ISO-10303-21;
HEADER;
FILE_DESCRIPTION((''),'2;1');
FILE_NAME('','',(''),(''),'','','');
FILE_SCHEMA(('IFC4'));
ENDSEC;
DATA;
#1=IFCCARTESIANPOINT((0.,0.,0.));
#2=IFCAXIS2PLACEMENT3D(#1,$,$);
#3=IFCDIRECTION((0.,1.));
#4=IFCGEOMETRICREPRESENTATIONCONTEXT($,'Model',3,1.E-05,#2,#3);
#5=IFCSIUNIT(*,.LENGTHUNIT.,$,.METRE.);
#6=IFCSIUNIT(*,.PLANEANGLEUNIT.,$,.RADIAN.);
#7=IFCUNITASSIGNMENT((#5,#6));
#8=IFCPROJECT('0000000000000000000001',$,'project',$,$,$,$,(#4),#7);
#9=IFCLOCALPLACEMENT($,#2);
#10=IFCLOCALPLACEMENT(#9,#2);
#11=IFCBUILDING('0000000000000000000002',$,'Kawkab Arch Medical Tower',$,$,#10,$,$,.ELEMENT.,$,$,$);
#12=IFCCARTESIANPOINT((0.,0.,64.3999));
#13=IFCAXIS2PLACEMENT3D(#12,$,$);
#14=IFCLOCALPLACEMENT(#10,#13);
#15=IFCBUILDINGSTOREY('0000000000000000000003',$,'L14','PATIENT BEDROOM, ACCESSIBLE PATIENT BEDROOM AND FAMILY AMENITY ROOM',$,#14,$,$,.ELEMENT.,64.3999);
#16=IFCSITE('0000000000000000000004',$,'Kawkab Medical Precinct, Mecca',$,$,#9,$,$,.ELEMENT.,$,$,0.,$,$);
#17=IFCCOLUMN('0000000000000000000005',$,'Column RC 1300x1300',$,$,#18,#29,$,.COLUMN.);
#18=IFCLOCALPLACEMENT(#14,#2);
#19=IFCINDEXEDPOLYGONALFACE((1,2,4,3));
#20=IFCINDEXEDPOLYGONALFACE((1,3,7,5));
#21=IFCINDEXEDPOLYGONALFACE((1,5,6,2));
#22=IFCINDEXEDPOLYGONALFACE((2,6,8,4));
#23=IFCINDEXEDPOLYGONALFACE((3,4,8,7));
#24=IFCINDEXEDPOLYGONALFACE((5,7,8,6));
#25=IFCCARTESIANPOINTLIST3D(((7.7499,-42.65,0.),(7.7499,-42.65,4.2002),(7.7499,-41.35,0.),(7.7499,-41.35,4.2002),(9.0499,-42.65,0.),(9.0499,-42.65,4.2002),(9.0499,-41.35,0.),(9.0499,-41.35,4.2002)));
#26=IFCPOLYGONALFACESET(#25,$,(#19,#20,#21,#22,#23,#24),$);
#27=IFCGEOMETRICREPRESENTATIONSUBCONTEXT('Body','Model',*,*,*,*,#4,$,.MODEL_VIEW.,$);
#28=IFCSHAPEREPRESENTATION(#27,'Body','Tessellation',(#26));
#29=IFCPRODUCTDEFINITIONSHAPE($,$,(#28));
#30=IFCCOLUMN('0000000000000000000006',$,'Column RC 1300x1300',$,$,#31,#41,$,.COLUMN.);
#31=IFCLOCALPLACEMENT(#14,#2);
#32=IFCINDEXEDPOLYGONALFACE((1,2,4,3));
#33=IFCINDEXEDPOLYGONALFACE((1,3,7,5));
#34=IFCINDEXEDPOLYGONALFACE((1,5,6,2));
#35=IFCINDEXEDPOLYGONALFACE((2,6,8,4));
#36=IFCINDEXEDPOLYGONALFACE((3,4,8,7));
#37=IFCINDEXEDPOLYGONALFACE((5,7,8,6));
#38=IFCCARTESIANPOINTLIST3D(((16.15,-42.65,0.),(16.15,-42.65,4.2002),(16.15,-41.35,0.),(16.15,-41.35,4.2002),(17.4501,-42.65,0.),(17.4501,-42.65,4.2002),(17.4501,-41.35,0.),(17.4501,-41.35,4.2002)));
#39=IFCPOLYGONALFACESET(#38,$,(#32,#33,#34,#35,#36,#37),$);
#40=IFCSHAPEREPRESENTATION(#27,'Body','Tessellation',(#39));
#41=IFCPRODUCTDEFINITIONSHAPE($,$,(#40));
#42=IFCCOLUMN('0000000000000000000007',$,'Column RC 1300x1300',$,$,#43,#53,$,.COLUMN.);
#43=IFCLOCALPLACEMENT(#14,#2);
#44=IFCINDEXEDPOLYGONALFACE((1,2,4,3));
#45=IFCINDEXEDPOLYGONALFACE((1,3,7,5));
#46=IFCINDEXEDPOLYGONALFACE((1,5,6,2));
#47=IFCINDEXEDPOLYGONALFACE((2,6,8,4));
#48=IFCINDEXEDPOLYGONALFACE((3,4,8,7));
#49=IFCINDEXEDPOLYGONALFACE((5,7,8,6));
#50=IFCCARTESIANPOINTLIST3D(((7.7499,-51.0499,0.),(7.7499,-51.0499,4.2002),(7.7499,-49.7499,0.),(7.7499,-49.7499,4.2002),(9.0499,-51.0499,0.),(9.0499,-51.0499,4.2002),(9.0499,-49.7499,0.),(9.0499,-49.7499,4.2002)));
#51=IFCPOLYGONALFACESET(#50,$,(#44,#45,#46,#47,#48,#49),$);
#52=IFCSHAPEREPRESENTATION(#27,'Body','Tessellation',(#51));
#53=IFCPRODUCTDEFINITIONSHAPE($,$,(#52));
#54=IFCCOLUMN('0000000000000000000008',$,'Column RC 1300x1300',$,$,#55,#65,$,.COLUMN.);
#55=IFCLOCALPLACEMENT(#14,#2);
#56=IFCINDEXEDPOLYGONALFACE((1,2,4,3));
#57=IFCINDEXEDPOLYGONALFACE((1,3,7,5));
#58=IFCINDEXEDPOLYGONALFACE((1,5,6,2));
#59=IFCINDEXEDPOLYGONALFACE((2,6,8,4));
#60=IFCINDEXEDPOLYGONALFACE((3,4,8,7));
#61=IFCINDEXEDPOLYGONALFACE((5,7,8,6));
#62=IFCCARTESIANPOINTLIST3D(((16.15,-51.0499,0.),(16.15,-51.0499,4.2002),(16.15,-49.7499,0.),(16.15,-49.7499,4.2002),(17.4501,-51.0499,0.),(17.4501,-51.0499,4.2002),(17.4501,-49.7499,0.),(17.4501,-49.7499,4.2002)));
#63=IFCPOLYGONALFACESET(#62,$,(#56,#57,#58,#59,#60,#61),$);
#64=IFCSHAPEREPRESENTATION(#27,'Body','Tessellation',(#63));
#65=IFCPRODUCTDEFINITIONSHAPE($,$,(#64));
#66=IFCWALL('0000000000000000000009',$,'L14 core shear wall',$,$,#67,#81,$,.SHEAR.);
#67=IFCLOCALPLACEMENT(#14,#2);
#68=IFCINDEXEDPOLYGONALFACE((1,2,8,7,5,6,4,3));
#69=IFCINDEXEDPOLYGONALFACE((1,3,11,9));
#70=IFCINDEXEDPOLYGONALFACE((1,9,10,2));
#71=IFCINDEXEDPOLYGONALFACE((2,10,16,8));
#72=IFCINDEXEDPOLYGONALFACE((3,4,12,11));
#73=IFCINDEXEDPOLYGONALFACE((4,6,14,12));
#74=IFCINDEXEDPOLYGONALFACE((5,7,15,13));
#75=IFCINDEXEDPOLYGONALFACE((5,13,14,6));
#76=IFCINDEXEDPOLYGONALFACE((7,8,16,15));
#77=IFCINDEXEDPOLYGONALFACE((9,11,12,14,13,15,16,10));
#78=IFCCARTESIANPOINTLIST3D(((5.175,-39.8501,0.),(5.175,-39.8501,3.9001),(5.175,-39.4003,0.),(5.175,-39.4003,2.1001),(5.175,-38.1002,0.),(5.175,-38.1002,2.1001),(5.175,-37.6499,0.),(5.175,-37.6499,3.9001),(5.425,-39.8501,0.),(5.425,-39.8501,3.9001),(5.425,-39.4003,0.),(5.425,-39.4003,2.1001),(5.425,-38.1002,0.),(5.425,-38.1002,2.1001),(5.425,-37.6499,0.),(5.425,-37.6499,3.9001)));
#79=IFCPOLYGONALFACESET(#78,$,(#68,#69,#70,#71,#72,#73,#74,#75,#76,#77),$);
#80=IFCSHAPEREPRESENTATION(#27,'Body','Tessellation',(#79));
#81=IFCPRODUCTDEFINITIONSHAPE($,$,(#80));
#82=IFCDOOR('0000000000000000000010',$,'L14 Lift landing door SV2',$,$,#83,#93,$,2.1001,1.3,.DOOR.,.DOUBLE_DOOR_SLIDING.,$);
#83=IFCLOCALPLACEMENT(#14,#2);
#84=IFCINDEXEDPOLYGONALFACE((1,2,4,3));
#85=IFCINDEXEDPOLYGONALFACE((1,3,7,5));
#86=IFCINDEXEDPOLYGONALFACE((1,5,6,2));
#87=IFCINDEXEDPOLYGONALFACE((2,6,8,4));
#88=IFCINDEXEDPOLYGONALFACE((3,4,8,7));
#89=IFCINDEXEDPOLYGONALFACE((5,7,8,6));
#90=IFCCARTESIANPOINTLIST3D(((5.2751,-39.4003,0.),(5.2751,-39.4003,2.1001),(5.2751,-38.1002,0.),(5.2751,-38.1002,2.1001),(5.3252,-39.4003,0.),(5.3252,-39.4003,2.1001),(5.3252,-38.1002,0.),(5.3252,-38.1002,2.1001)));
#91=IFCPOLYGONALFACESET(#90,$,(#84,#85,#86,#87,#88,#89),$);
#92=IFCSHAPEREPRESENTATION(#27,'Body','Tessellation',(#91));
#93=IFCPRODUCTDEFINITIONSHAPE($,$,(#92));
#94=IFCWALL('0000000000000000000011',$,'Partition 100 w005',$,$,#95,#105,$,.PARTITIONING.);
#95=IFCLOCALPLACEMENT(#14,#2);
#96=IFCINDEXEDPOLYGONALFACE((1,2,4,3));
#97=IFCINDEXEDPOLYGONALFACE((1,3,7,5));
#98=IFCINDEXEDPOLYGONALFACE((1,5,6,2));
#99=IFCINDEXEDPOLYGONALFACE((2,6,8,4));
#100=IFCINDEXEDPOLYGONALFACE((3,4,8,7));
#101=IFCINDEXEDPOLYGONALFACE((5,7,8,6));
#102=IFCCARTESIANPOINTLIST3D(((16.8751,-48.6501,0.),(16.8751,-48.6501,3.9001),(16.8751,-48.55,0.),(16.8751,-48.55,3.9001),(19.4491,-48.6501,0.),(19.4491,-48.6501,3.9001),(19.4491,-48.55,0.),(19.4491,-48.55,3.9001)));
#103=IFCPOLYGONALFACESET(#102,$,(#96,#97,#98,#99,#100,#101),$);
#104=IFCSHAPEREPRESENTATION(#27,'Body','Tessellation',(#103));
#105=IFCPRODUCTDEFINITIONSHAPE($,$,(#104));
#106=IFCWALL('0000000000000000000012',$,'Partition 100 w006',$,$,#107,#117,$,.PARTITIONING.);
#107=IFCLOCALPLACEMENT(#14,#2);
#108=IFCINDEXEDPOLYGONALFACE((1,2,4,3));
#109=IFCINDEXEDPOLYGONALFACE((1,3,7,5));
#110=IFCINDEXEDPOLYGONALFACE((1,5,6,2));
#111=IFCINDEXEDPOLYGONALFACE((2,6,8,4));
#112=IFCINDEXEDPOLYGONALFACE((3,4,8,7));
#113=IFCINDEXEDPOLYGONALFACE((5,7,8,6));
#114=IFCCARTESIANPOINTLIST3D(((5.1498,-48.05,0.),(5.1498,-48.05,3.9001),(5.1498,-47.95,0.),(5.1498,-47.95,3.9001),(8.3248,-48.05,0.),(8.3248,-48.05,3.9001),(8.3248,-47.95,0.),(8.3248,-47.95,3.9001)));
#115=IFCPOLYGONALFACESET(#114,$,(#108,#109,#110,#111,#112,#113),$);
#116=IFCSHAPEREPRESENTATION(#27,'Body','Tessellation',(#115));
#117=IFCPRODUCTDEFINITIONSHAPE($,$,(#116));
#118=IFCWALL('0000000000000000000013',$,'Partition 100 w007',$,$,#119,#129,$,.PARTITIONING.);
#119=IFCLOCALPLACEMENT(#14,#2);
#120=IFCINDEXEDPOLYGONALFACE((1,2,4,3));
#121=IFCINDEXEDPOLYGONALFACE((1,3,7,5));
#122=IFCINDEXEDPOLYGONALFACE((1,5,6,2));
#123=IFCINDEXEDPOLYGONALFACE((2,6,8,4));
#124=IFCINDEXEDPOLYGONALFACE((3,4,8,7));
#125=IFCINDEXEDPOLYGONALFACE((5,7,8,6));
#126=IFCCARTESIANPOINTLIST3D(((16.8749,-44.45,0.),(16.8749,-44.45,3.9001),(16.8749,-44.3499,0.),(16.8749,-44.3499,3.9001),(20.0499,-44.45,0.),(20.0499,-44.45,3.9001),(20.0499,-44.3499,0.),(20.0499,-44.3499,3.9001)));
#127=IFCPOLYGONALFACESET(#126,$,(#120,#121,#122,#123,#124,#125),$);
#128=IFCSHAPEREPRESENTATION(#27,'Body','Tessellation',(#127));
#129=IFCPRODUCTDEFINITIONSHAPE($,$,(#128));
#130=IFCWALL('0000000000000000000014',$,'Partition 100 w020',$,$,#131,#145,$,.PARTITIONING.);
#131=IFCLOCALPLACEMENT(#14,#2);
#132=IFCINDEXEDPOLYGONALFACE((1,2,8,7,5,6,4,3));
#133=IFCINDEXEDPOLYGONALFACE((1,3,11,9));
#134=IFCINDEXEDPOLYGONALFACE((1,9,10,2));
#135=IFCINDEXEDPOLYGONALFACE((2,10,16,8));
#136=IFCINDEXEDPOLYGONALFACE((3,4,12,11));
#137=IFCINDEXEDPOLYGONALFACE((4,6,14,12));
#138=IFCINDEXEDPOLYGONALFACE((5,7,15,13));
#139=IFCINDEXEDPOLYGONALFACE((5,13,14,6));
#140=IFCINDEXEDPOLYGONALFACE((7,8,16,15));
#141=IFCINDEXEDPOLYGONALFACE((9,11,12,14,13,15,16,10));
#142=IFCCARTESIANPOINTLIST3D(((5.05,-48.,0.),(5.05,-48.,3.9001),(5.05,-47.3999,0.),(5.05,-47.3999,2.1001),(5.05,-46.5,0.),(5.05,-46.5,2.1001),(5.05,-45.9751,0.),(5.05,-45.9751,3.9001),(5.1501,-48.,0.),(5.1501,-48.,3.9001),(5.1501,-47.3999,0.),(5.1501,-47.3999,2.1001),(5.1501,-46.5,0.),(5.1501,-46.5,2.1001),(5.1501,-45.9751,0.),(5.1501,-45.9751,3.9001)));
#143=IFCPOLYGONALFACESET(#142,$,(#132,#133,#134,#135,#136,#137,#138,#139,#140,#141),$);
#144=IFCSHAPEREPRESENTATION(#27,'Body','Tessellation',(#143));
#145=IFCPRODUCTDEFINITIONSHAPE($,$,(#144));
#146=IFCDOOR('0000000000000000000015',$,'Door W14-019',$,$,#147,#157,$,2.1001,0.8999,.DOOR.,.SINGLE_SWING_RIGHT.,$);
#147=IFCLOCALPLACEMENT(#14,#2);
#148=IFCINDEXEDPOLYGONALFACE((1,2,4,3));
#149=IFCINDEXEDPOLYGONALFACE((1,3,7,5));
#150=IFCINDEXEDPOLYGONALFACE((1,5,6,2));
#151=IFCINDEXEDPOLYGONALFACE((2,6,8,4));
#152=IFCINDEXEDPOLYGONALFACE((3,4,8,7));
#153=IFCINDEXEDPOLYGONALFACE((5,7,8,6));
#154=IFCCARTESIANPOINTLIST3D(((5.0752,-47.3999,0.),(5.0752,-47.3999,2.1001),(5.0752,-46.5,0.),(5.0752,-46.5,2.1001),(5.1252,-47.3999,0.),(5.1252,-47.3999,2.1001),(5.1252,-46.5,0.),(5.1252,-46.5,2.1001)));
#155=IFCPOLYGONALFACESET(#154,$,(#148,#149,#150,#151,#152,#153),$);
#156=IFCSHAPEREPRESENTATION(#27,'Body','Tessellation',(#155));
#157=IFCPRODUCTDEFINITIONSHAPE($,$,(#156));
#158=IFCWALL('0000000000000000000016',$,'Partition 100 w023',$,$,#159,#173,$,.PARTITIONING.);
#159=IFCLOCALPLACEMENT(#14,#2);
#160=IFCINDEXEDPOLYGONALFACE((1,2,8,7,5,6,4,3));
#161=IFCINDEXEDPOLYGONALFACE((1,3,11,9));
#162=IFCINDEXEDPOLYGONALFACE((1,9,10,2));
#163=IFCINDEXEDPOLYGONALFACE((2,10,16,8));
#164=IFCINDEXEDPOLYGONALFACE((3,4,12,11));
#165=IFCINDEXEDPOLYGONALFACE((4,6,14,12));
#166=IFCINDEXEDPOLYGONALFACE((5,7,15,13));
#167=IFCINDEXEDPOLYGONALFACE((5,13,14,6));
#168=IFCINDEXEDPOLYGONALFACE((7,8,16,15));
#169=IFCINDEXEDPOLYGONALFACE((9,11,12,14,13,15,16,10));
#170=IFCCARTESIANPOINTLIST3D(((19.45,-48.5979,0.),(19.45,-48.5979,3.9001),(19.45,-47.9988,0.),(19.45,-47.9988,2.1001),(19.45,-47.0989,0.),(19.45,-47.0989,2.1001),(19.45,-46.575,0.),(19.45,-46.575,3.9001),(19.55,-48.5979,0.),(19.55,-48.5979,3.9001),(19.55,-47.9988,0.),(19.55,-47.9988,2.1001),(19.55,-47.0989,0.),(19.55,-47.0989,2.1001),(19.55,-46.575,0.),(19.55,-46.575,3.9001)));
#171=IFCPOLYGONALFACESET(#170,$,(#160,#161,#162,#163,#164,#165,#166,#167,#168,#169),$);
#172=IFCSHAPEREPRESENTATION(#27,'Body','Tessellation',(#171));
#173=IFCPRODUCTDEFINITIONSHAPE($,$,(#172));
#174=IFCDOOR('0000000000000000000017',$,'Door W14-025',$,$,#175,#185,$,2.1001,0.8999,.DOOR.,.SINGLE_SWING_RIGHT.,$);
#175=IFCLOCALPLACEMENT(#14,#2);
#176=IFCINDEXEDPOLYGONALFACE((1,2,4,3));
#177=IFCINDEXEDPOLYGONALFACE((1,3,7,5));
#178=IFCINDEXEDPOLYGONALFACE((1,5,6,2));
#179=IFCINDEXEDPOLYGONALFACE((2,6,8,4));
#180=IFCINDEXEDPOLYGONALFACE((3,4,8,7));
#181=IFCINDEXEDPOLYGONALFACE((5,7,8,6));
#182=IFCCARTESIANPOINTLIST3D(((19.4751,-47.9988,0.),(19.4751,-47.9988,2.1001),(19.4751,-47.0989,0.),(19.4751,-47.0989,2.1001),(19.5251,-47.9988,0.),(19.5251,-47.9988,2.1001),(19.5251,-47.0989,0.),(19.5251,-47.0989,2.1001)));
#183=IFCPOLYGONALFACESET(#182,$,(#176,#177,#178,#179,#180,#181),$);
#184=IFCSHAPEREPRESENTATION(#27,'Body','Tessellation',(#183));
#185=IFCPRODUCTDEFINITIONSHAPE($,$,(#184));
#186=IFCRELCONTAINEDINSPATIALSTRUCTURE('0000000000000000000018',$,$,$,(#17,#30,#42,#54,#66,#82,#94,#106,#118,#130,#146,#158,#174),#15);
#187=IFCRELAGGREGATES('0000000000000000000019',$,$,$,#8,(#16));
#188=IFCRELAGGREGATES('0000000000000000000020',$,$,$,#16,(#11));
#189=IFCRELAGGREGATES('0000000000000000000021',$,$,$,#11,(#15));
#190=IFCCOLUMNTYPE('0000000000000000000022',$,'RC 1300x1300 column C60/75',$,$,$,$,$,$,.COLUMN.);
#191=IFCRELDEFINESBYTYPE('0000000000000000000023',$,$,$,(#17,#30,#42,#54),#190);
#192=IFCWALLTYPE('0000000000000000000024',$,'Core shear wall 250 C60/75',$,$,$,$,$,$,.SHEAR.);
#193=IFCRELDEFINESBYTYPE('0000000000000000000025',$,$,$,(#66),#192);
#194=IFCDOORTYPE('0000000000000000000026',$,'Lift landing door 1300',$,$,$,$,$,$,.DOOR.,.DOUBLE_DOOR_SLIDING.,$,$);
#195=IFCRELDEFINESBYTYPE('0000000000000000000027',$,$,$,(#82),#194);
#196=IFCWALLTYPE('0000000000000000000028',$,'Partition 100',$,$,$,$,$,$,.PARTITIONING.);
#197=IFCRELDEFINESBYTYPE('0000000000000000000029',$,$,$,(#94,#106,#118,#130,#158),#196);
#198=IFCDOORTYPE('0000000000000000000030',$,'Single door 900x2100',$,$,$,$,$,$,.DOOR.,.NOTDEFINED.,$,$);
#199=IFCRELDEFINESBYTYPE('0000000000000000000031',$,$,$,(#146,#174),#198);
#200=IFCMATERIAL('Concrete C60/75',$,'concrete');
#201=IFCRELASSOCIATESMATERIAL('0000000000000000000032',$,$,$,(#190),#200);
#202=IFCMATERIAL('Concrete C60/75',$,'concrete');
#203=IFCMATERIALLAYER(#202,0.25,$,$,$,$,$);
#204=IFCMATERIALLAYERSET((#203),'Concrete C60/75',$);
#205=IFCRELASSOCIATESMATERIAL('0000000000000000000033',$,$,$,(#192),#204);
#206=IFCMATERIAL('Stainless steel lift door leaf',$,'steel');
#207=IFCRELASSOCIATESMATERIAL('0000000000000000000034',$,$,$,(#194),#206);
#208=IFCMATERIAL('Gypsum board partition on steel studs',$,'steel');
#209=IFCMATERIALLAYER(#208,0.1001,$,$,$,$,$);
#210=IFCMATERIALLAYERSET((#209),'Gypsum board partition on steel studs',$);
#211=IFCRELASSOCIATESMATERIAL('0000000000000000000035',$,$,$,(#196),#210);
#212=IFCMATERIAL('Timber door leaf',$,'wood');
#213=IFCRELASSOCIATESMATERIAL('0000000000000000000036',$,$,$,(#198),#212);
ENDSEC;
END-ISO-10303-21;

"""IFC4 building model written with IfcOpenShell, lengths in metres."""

from ifc_helpers import new_model, si_unit, direction, frame, frame_2d, origin, origin_2d, place, context, subcontext, project, spatial, rectangle, extrude, material, layer, layer_set, material_profile, profile_set, type_object, element, fill, save


model = new_model("IFC4")

# Units and contexts
model_context = context("Model", 3, precision=1e-05, world=origin(), true_north=direction((0.0, 1.0)))
body_context = subcontext(model_context, "Body", "Model", "MODEL_VIEW")
ifc_project = project(units=[si_unit("LENGTHUNIT", "METRE"), si_unit("PLANEANGLEUNIT", "RADIAN")], contexts=[model_context])

# Site, building, storey
site_placement = place(None, origin())
site = spatial("IfcSite", under=ifc_project, at=site_placement, Name="Kawkab Medical Precinct, Mecca", CompositionType="ELEMENT", RefElevation=0.0)
building_placement = place(site_placement, origin())
building = spatial("IfcBuilding", under=site, at=building_placement, Name="Kawkab Arch Medical Tower", CompositionType="ELEMENT")
storey_placement = place(building_placement, frame((0.0, 0.0, 64.3999)))
storey = spatial("IfcBuildingStorey", under=building, at=storey_placement, Name="L14", Description="PATIENT BEDROOM, ACCESSIBLE PATIENT BEDROOM AND FAMILY AMENITY ROOM", CompositionType="ELEMENT", Elevation=64.3999)

# Columns
ifc_material_1 = material(Name="Concrete C60/75", Category="concrete")
ifc_material_profile = material_profile(ifc_material_1, rectangle(XDim=1.3, YDim=1.3, at=origin_2d()), Name="RC 1300x1300")
ifc_profile_set = profile_set([ifc_material_profile], Name="Concrete C60/75")
column_type = type_object("IfcColumnType", Name="RC 1300x1300 column C60/75", PredefinedType="COLUMN", material=ifc_profile_set)
for number, where, z_axis, x_axis, name in (
    (1, (8.3999, -42.0, 0.0), (0.0, 0.0, 1.0), (1.0, 0.0, 0.0), "Column RC 1300x1300"),
    (2, (16.8, -42.0, 0.0), (0.0, 0.0, 1.0), (1.0, 0.0, 0.0), "Column RC 1300x1300"),
    (3, (8.3999, -50.3999, 0.0), (0.0, 0.0, 1.0), (1.0, 0.0, 0.0), "Column RC 1300x1300"),
    (4, (16.8, -50.3999, 0.0), (0.0, 0.0, 1.0), (1.0, 0.0, 0.0), "Column RC 1300x1300"),
):
    element("IfcColumn", number, at=place(storey_placement, frame(where, z_axis=z_axis, x_axis=x_axis)), inside=storey, type_object=column_type, Name=name, PredefinedType="COLUMN", context=body_context, shape_type="SweptSolid", body=[
        extrude(rectangle(XDim=1.3, YDim=1.3, at=origin_2d()), origin(), (0.0, 0.0, 1.0), 4.2002),
    ])

# Wall, opening, door
ifc_material_2 = material(Name="Concrete C60/75", Category="concrete")
ifc_layer_1 = layer(ifc_material_2, 0.25)
ifc_layer_set_1 = layer_set([ifc_layer_1], Name="Concrete C60/75")
wall_type_1 = type_object("IfcWallType", Name="Core shear wall 250 C60/75", PredefinedType="SHEAR", material=ifc_layer_set_1)
wall_1_placement = place(storey_placement, frame((5.3, -39.8501, 0.0), z_axis=(0.0, 0.0, 1.0), x_axis=(0.0, 1.0, 0.0)))
wall_1 = element("IfcWall", 5, at=wall_1_placement, inside=storey, type_object=wall_type_1, Name="L14 core shear wall", PredefinedType="SHEAR", context=body_context, shape_type="SweptSolid", body=[
    extrude(rectangle(XDim=2.2002, YDim=0.25, at=frame_2d((1.1001, 0.0))), origin(), (0.0, 0.0, 1.0), 3.9001),
])
opening_1_placement = place(wall_1_placement, frame((0.45, 0.0, 0.0)))
opening_1 = element("IfcOpeningElement", 6, at=opening_1_placement, cuts=wall_1, PredefinedType="OPENING", context=body_context, shape_type="SweptSolid", body=[
    extrude(rectangle(XDim=1.3, YDim=2.1001, at=frame_2d((0.6499, 1.05))), frame((0.0, 0.135, 0.0), z_axis=(0.0, -1.0, 0.0), x_axis=(1.0, 0.0, 0.0)), (0.0, 0.0, 1.0), 0.27),
])
ifc_material_3 = material(Name="Stainless steel lift door leaf", Category="steel")
door_type_1 = type_object("IfcDoorType", Name="Lift landing door 1300", OperationType="DOUBLE_DOOR_SLIDING", PredefinedType="DOOR", material=ifc_material_3)
door_1_placement = place(opening_1_placement, origin())
door_1 = element("IfcDoor", 7, at=door_1_placement, inside=storey, type_object=door_type_1, Name="L14 Lift landing door SV2", OperationType="DOUBLE_DOOR_SLIDING", OverallHeight=2.1001, OverallWidth=1.3, PredefinedType="DOOR", context=body_context, shape_type="SweptSolid", body=[
    extrude(rectangle(XDim=1.3, YDim=2.1001, at=frame_2d((0.6499, 1.05))), frame((0.0, 0.0249, 0.0), z_axis=(0.0, -1.0, 0.0), x_axis=(1.0, 0.0, 0.0)), (0.0, 0.0, 1.0), 0.05),
])
fill(opening_1, door_1)

# Walls
ifc_material_4 = material(Name="Gypsum board partition on steel studs", Category="steel")
ifc_layer_2 = layer(ifc_material_4, 0.1001)
ifc_layer_set_2 = layer_set([ifc_layer_2], Name="Gypsum board partition on steel studs")
wall_type_2 = type_object("IfcWallType", Name="Partition 100", PredefinedType="PARTITIONING", material=ifc_layer_set_2)
wall_2_placement = place(storey_placement, frame((16.875, -48.6001, 0.0), z_axis=(0.0, 0.0, 1.0), x_axis=(1.0, 0.0, 0.0)))
element("IfcWall", 8, at=wall_2_placement, inside=storey, type_object=wall_type_2, Name="Partition 100 w005", PredefinedType="PARTITIONING", context=body_context, shape_type="SweptSolid", body=[
    extrude(rectangle(XDim=2.574, YDim=0.1001, at=frame_2d((1.2871, 0.0))), origin(), (0.0, 0.0, 1.0), 3.9001),
])
for number, where, z_axis, x_axis, name in (
    (9, (5.1499, -48.0, 0.0), (0.0, 0.0, 1.0), (1.0, 0.0, 0.0), "Partition 100 w006"),
    (10, (16.875, -44.3999, 0.0), (0.0, 0.0, 1.0), (1.0, 0.0, 0.0), "Partition 100 w007"),
):
    element("IfcWall", number, at=place(storey_placement, frame(where, z_axis=z_axis, x_axis=x_axis)), inside=storey, type_object=wall_type_2, Name=name, PredefinedType="PARTITIONING", context=body_context, shape_type="SweptSolid", body=[
        extrude(rectangle(XDim=3.175, YDim=0.1001, at=frame_2d((1.5874, 0.0))), origin(), (0.0, 0.0, 1.0), 3.9001),
    ])

# Walls, openings, doors
wall_3_placement = place(storey_placement, frame((5.1001, -48.0, 0.0), z_axis=(0.0, 0.0, 1.0), x_axis=(0.0, 1.0, 0.0)))
wall_3 = element("IfcWall", 11, at=wall_3_placement, inside=storey, type_object=wall_type_2, Name="Partition 100 w020", PredefinedType="PARTITIONING", context=body_context, shape_type="SweptSolid", body=[
    extrude(rectangle(XDim=2.0249, YDim=0.1001, at=frame_2d((1.0125, 0.0))), origin(), (0.0, 0.0, 1.0), 3.9001),
])
opening_2_placement = place(wall_3_placement, frame((0.6001, 0.0, 0.0)))
opening_2 = element("IfcOpeningElement", 12, at=opening_2_placement, cuts=wall_3, PredefinedType="OPENING", context=body_context, shape_type="SweptSolid", body=[
    extrude(rectangle(XDim=0.8999, YDim=2.1001, at=frame_2d((0.45, 1.05))), frame((0.0, 0.0601, 0.0), z_axis=(0.0, -1.0, 0.0), x_axis=(1.0, 0.0, 0.0)), (0.0, 0.0, 1.0), 0.1201),
])
ifc_material_5 = material(Name="Timber door leaf", Category="wood")
door_type_2 = type_object("IfcDoorType", Name="Single door 900x2100", OperationType="NOTDEFINED", PredefinedType="DOOR", material=ifc_material_5)
door_2_placement = place(opening_2_placement, origin())
door_2 = element("IfcDoor", 13, at=door_2_placement, inside=storey, type_object=door_type_2, Name="Door W14-019", OperationType="SINGLE_SWING_RIGHT", OverallHeight=2.1001, OverallWidth=0.8999, PredefinedType="DOOR", context=body_context, shape_type="SweptSolid", body=[
    extrude(rectangle(XDim=0.8999, YDim=2.1001, at=frame_2d((0.45, 1.05))), frame((0.0, 0.0249, 0.0), z_axis=(0.0, -1.0, 0.0), x_axis=(1.0, 0.0, 0.0)), (0.0, 0.0, 1.0), 0.05),
])
fill(opening_2, door_2)
wall_4_placement = place(storey_placement, frame((19.5, -48.5979, 0.0), z_axis=(0.0, 0.0, 1.0), x_axis=(0.0, 1.0, 0.0)))
wall_4 = element("IfcWall", 14, at=wall_4_placement, inside=storey, type_object=wall_type_2, Name="Partition 100 w023", PredefinedType="PARTITIONING", context=body_context, shape_type="SweptSolid", body=[
    extrude(rectangle(XDim=2.0229, YDim=0.1001, at=frame_2d((1.0115, 0.0))), origin(), (0.0, 0.0, 1.0), 3.9001),
])
opening_3_placement = place(wall_4_placement, frame((0.5991, 0.0, 0.0)))
opening_3 = element("IfcOpeningElement", 15, at=opening_3_placement, cuts=wall_4, PredefinedType="OPENING", context=body_context, shape_type="SweptSolid", body=[
    extrude(rectangle(XDim=0.8999, YDim=2.1001, at=frame_2d((0.45, 1.05))), frame((0.0, 0.0601, 0.0), z_axis=(0.0, -1.0, 0.0), x_axis=(1.0, 0.0, 0.0)), (0.0, 0.0, 1.0), 0.1201),
])
door_3_placement = place(opening_3_placement, origin())
door_3 = element("IfcDoor", 16, at=door_3_placement, inside=storey, type_object=door_type_2, Name="Door W14-025", OperationType="SINGLE_SWING_RIGHT", OverallHeight=2.1001, OverallWidth=0.8999, PredefinedType="DOOR", context=body_context, shape_type="SweptSolid", body=[
    extrude(rectangle(XDim=0.8999, YDim=2.1001, at=frame_2d((0.45, 1.05))), frame((0.0, 0.0249, 0.0), z_axis=(0.0, -1.0, 0.0), x_axis=(1.0, 0.0, 0.0)), (0.0, 0.0, 1.0), 0.05),
])
fill(opening_3, door_3)

save(model, "model.ifc")
